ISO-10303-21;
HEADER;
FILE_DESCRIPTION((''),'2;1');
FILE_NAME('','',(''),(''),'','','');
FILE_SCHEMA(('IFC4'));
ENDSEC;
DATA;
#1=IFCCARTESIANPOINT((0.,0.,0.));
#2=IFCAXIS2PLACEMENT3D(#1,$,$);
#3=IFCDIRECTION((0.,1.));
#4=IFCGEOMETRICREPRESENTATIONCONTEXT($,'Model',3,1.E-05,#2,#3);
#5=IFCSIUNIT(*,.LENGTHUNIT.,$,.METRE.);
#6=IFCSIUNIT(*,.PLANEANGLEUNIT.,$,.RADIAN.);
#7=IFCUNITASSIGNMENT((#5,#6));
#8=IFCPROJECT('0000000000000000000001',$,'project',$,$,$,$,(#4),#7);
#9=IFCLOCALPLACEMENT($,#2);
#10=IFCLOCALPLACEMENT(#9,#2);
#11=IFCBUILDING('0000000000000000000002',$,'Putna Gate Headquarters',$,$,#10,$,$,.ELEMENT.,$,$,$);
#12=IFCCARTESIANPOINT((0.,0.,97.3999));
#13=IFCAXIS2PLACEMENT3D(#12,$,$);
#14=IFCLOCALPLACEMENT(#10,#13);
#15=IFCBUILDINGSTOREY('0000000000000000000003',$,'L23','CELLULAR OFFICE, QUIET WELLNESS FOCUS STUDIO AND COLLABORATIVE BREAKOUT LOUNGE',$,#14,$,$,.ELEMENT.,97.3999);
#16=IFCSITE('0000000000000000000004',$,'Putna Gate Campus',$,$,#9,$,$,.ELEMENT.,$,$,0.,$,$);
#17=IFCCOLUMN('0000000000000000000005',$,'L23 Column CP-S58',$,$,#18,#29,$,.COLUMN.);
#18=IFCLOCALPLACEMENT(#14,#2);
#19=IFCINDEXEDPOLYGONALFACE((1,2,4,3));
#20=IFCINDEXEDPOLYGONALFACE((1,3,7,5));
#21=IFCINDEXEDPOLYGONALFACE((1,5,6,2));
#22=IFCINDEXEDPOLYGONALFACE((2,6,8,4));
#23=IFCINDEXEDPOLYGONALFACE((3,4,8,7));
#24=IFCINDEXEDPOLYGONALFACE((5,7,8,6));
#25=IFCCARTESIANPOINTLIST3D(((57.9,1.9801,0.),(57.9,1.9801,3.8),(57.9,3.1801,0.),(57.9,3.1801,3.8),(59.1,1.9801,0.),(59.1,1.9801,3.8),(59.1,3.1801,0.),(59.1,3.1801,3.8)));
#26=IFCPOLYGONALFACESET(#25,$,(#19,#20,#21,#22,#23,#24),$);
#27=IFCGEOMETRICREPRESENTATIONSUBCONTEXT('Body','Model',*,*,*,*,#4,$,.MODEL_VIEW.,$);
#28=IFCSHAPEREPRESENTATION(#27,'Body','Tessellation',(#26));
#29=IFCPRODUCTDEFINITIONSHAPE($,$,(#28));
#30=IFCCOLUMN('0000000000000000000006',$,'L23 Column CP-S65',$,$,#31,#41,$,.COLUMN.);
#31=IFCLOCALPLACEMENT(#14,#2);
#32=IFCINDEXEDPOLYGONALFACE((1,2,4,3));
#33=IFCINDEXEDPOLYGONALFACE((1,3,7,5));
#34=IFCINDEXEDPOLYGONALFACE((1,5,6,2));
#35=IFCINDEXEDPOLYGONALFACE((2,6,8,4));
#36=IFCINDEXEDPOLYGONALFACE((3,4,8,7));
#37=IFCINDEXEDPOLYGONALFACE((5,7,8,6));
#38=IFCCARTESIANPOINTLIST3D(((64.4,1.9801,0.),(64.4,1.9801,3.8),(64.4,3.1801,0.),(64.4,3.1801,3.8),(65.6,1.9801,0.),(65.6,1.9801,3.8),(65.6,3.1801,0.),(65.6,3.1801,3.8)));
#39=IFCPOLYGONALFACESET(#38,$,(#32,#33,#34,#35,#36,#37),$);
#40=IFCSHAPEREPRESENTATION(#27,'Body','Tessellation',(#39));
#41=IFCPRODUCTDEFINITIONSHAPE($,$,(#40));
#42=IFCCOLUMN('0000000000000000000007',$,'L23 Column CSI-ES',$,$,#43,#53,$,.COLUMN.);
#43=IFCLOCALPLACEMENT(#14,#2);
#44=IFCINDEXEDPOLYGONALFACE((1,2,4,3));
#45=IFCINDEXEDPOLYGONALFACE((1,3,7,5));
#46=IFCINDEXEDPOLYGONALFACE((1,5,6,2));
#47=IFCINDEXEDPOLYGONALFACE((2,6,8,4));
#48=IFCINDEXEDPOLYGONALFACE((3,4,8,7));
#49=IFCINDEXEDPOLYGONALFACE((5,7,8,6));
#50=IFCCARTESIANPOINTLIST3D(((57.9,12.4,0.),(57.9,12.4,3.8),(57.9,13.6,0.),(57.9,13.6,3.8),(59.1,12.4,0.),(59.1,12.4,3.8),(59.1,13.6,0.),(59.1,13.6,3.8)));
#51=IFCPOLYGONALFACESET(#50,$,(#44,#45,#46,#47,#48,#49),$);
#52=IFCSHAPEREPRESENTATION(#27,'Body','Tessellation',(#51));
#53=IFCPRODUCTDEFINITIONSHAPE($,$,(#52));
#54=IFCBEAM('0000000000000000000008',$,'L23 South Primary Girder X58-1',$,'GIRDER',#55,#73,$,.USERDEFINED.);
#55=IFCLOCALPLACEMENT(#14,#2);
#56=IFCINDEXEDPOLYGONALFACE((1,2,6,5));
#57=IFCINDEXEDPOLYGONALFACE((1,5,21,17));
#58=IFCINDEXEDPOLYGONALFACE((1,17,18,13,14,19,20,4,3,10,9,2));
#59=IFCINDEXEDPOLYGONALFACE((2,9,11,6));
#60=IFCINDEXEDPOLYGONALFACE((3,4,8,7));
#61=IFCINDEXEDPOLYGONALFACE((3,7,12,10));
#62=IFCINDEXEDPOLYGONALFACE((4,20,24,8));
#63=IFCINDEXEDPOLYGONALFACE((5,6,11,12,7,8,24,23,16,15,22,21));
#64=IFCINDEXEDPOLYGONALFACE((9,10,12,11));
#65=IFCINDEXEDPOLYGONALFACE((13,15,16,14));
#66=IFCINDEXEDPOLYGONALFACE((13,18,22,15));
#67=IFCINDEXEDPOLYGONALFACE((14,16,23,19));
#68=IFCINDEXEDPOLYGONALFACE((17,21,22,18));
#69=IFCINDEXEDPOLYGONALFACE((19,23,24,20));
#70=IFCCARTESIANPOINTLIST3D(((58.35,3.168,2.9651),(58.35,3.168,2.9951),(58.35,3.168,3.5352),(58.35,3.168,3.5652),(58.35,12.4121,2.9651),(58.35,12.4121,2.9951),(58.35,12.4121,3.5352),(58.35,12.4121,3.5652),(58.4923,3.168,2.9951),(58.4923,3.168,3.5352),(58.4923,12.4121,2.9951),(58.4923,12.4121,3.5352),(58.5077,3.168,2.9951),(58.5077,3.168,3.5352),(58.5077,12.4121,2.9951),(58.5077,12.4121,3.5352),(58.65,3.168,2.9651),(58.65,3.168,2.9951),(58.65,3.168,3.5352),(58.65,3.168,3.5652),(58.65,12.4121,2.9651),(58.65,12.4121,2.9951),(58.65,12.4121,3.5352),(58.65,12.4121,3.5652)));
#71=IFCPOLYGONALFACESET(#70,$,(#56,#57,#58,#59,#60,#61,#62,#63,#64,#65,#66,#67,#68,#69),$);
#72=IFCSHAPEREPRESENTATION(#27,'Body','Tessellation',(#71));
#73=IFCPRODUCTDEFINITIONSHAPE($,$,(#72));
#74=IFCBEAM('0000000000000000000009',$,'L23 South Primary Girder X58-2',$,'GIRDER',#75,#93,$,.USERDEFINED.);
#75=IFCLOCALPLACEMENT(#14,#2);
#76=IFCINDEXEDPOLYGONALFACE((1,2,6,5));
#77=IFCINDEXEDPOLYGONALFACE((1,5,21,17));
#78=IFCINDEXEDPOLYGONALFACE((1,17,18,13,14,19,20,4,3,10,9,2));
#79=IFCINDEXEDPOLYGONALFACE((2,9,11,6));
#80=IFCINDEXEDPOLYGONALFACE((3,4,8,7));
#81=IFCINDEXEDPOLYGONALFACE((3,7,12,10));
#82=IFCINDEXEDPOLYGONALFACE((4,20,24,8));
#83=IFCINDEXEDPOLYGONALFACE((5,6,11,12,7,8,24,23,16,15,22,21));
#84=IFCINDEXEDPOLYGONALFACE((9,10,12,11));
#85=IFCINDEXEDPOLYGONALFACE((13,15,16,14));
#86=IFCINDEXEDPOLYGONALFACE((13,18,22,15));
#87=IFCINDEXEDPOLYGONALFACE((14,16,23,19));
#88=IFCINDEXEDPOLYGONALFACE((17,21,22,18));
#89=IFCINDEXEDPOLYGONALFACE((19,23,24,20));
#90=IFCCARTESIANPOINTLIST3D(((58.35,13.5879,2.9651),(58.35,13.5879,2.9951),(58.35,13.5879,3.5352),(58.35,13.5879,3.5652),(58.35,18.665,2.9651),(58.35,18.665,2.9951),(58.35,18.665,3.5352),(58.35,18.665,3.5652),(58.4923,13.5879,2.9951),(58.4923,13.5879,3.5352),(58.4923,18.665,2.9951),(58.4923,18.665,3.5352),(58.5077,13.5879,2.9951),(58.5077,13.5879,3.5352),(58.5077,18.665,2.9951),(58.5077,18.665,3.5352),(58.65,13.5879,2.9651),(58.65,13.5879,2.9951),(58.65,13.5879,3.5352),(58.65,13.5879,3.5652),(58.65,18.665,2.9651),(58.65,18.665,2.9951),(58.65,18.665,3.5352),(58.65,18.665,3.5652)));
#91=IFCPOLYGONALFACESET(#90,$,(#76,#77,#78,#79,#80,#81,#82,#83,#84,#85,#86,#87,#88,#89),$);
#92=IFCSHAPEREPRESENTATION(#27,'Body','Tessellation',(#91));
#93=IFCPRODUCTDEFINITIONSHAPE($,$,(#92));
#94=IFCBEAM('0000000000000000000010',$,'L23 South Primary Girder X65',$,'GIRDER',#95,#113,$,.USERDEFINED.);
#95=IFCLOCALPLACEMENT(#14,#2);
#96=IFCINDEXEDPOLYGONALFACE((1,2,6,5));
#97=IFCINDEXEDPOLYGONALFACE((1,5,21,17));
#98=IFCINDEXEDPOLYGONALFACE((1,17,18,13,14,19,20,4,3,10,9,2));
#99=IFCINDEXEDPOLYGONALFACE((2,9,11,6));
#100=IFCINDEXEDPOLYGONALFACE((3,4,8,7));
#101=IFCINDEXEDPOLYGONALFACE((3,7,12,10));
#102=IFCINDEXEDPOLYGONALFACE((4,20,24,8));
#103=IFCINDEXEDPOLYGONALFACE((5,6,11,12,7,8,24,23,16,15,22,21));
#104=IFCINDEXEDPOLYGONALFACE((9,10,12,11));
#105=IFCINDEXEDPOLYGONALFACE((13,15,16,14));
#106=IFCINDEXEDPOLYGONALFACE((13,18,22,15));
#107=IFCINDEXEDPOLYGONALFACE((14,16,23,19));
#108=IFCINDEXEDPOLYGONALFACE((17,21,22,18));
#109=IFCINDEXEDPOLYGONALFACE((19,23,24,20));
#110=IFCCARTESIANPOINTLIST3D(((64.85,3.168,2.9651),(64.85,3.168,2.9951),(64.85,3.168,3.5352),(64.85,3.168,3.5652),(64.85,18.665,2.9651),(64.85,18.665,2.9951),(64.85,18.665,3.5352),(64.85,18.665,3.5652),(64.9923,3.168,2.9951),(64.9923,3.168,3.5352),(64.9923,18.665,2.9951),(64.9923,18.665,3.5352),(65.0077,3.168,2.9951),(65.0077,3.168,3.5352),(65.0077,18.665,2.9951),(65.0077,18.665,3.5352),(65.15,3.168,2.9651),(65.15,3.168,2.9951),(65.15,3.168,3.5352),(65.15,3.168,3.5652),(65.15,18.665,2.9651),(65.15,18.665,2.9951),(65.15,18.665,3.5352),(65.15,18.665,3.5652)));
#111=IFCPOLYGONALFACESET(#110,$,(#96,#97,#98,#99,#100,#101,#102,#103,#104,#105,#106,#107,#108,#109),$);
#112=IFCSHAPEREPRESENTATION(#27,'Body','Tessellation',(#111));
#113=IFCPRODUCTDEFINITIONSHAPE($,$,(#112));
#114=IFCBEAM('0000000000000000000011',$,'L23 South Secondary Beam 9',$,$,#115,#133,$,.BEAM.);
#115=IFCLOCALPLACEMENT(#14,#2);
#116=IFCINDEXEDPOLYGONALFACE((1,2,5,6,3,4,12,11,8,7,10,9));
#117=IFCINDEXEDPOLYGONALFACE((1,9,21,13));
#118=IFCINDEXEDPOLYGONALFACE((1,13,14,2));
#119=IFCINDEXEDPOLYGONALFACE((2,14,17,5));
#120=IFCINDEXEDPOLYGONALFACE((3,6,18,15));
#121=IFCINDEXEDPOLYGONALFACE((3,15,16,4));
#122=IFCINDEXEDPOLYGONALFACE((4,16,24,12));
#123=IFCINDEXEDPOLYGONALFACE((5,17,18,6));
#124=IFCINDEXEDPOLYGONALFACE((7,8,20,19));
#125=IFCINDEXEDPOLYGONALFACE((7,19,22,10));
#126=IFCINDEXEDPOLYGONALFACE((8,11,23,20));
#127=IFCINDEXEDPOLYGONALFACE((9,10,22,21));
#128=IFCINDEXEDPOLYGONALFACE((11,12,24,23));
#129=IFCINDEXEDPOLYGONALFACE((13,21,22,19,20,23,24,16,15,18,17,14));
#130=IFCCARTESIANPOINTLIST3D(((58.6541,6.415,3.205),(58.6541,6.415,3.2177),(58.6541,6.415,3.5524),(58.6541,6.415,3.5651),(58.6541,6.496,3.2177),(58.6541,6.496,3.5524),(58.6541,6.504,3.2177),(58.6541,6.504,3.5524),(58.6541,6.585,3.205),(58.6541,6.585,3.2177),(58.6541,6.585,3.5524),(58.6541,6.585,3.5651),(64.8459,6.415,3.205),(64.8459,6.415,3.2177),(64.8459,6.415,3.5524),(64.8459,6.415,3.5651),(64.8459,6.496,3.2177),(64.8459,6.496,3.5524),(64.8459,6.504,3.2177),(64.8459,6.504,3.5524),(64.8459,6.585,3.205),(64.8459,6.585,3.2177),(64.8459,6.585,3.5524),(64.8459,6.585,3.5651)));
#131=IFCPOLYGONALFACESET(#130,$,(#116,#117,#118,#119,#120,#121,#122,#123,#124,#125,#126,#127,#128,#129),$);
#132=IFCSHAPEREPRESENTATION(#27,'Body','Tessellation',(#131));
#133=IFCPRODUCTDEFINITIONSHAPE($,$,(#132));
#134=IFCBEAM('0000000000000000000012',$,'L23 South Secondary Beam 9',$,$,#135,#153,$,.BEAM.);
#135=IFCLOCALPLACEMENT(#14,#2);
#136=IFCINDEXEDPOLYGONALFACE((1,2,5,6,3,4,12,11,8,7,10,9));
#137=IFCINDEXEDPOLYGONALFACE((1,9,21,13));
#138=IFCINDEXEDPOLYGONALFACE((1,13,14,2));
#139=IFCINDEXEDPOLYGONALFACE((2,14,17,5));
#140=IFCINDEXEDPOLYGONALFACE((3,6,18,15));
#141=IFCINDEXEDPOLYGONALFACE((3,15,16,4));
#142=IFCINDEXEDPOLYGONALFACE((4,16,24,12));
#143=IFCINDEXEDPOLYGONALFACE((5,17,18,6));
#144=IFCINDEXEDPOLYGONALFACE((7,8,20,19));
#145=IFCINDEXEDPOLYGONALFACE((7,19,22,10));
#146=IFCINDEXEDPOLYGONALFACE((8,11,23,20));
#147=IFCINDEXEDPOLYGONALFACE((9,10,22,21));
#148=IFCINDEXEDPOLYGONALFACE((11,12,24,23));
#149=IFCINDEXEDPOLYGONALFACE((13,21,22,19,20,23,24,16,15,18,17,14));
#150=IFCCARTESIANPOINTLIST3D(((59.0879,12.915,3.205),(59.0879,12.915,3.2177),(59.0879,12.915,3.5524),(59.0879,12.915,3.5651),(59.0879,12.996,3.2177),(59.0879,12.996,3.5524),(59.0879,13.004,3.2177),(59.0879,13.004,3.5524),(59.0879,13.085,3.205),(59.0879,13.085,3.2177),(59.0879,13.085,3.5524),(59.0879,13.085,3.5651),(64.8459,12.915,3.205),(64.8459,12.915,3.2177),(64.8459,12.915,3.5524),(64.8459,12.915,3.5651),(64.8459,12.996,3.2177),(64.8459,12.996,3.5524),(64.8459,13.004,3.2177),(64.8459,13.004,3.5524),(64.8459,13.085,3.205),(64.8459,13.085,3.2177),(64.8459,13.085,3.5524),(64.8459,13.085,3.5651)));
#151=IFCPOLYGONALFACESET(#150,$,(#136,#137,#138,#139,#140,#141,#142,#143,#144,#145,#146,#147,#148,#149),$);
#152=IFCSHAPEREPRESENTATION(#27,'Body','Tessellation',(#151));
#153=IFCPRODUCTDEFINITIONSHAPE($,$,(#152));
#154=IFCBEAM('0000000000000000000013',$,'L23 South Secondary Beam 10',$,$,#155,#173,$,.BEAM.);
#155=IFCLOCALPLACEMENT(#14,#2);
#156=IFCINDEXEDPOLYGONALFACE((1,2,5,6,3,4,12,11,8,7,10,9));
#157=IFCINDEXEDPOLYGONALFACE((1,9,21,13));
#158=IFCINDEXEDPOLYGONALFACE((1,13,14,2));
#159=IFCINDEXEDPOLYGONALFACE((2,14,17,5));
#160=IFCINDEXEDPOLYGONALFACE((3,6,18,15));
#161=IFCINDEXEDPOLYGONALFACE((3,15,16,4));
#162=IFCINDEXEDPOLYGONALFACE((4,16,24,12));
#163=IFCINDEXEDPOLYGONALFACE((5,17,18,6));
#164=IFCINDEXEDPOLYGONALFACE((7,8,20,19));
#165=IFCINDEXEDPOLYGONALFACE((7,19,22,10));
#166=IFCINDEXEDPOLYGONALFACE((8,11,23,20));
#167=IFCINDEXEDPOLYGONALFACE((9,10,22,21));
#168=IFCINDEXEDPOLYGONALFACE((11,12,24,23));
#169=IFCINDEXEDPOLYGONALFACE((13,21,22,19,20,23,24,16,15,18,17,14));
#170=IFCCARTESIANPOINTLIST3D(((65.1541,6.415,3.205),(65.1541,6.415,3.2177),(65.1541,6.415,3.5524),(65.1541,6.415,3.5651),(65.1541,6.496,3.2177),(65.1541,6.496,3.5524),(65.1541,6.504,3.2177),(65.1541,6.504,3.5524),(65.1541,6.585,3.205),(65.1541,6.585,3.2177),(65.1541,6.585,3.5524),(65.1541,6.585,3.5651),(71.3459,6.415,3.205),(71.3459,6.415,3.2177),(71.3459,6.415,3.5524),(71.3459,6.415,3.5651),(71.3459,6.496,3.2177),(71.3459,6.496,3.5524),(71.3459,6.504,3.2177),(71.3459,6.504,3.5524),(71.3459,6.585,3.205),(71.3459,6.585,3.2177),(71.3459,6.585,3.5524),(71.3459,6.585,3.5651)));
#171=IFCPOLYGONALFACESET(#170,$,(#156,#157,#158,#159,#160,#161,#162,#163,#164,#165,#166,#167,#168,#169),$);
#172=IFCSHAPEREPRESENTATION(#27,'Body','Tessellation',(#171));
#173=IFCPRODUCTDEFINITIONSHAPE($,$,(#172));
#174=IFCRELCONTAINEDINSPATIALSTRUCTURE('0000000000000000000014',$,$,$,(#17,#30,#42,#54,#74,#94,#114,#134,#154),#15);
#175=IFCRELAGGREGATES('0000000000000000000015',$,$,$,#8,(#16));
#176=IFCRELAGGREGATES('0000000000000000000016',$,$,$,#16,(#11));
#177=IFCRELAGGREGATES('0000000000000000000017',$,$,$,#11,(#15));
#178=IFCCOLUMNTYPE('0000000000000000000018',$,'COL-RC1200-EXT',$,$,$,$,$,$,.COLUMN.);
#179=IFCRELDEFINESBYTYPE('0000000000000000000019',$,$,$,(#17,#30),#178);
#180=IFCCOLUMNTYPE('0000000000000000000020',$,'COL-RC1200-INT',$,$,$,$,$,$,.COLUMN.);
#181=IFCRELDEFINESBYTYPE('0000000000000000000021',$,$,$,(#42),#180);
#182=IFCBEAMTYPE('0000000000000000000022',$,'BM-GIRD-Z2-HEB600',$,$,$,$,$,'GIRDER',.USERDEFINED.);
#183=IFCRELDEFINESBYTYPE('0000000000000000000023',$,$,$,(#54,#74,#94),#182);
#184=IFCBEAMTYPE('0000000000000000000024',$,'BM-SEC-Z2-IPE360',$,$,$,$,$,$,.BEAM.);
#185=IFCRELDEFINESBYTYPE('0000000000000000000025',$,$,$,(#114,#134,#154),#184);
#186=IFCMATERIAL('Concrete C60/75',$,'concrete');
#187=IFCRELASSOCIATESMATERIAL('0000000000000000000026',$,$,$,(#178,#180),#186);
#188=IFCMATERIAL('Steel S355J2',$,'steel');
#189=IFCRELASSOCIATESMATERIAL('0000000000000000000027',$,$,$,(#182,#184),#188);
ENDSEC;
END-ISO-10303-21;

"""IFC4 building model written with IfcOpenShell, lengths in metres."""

from ifc_helpers import new_model, si_unit, direction, frame, origin, origin_2d, place, context, subcontext, project, spatial, rectangle, i_section, extrude, material, material_profile, profile_set, type_object, element, save


model = new_model("IFC4")

# Units and contexts
model_context = context("Model", 3, precision=1e-05, world=origin(), true_north=direction((0.0, 1.0)))
body_context = subcontext(model_context, "Body", "Model", "MODEL_VIEW")
ifc_project = project(units=[si_unit("LENGTHUNIT", "METRE"), si_unit("PLANEANGLEUNIT", "RADIAN")], contexts=[model_context])

# Site, building, storey
site_placement = place(None, origin())
site = spatial("IfcSite", under=ifc_project, at=site_placement, Name="Putna Gate Campus", CompositionType="ELEMENT", RefElevation=0.0)
building_placement = place(site_placement, origin())
building = spatial("IfcBuilding", under=site, at=building_placement, Name="Putna Gate Headquarters", CompositionType="ELEMENT")
storey_placement = place(building_placement, frame((0.0, 0.0, 97.3999)))
storey = spatial("IfcBuildingStorey", under=building, at=storey_placement, Name="L23", Description="CELLULAR OFFICE, QUIET WELLNESS FOCUS STUDIO AND COLLABORATIVE BREAKOUT LOUNGE", CompositionType="ELEMENT", Elevation=97.3999)

# Columns
ifc_material_1 = material(Name="Concrete C60/75", Category="concrete")
ifc_material_profile_1 = material_profile(ifc_material_1, rectangle(XDim=1.2, YDim=1.2, at=origin_2d()), Name="Concrete C60/75")
ifc_profile_set_1 = profile_set([ifc_material_profile_1], Name="Concrete C60/75")
column_type_1 = type_object("IfcColumnType", Name="COL-RC1200-EXT", PredefinedType="COLUMN", material=ifc_profile_set_1)
for number, where, z_axis, x_axis, name in (
    (1, (58.5, 2.5801, 0.0), (0.0, 0.0, 1.0), (1.0, 0.0, 0.0), "L23 Column CP-S58"),
    (2, (65.0, 2.5801, 0.0), (0.0, 0.0, 1.0), (1.0, 0.0, 0.0), "L23 Column CP-S65"),
):
    element("IfcColumn", number, at=place(storey_placement, frame(where, z_axis=z_axis, x_axis=x_axis)), inside=storey, type_object=column_type_1, Name=name, PredefinedType="COLUMN", context=body_context, shape_type="SweptSolid", body=[
        extrude(rectangle(XDim=1.2, YDim=1.2, at=origin_2d()), origin(), (0.0, 0.0, 1.0), 3.8),
    ])
ifc_material_profile_2 = material_profile(ifc_material_1, rectangle(XDim=1.2, YDim=1.2, at=origin_2d()), Name="Concrete C60/75")
ifc_profile_set_2 = profile_set([ifc_material_profile_2], Name="Concrete C60/75")
column_type_2 = type_object("IfcColumnType", Name="COL-RC1200-INT", PredefinedType="COLUMN", material=ifc_profile_set_2)
column_placement = place(storey_placement, frame((58.5, 13.0, 0.0), z_axis=(0.0, 0.0, 1.0), x_axis=(1.0, 0.0, 0.0)))
element("IfcColumn", 3, at=column_placement, inside=storey, type_object=column_type_2, Name="L23 Column CSI-ES", PredefinedType="COLUMN", context=body_context, shape_type="SweptSolid", body=[
    extrude(rectangle(XDim=1.2, YDim=1.2, at=origin_2d()), origin(), (0.0, 0.0, 1.0), 3.8),
])

# Beams
ifc_material_2 = material(Name="Steel S355J2", Category="steel")
ifc_material_profile_3 = material_profile(ifc_material_2, i_section(OverallWidth=0.3, OverallDepth=0.6001, WebThickness=0.0154, FlangeThickness=0.03, at=origin_2d()), Name="Steel S355J2")
ifc_profile_set_3 = profile_set([ifc_material_profile_3], Name="Steel S355J2")
beam_type_1 = type_object("IfcBeamType", Name="BM-GIRD-Z2-HEB600", ElementType="GIRDER", PredefinedType="USERDEFINED", material=ifc_profile_set_3)
beam_1_placement = place(storey_placement, frame((58.5, 3.168, 3.2651), z_axis=(0.0, 1.0, 0.0), x_axis=(-1.0, 0.0, 0.0)))
element("IfcBeam", 4, at=beam_1_placement, inside=storey, type_object=beam_type_1, Name="L23 South Primary Girder X58-1", ObjectType="GIRDER", PredefinedType="USERDEFINED", context=body_context, shape_type="SweptSolid", body=[
    extrude(i_section(OverallWidth=0.3, OverallDepth=0.6001, WebThickness=0.0154, FlangeThickness=0.03, at=origin_2d()), origin(), (0.0, 0.0, 1.0), 9.2441),
])
beam_2_placement = place(storey_placement, frame((58.5, 13.5879, 3.2651), z_axis=(0.0, 1.0, 0.0), x_axis=(-1.0, 0.0, 0.0)))
element("IfcBeam", 5, at=beam_2_placement, inside=storey, type_object=beam_type_1, Name="L23 South Primary Girder X58-2", ObjectType="GIRDER", PredefinedType="USERDEFINED", context=body_context, shape_type="SweptSolid", body=[
    extrude(i_section(OverallWidth=0.3, OverallDepth=0.6001, WebThickness=0.0154, FlangeThickness=0.03, at=origin_2d()), origin(), (0.0, 0.0, 1.0), 5.0771),
])
beam_3_placement = place(storey_placement, frame((65.0, 3.168, 3.2651), z_axis=(0.0, 1.0, 0.0), x_axis=(-1.0, 0.0, 0.0)))
element("IfcBeam", 6, at=beam_3_placement, inside=storey, type_object=beam_type_1, Name="L23 South Primary Girder X65", ObjectType="GIRDER", PredefinedType="USERDEFINED", context=body_context, shape_type="SweptSolid", body=[
    extrude(i_section(OverallWidth=0.3, OverallDepth=0.6001, WebThickness=0.0154, FlangeThickness=0.03, at=origin_2d()), origin(), (0.0, 0.0, 1.0), 15.4971),
])
ifc_material_profile_4 = material_profile(ifc_material_2, i_section(OverallWidth=0.1699, OverallDepth=0.3601, WebThickness=0.0081, FlangeThickness=0.0127, at=origin_2d()), Name="Steel S355J2")
ifc_profile_set_4 = profile_set([ifc_material_profile_4], Name="Steel S355J2")
beam_type_2 = type_object("IfcBeamType", Name="BM-SEC-Z2-IPE360", PredefinedType="BEAM", material=ifc_profile_set_4)
beam_4_placement = place(storey_placement, frame((58.6541, 6.5, 3.385), z_axis=(1.0, 0.0, 0.0), x_axis=(0.0, 1.0, 0.0)))
element("IfcBeam", 7, at=beam_4_placement, inside=storey, type_object=beam_type_2, Name="L23 South Secondary Beam 9", PredefinedType="BEAM", context=body_context, shape_type="SweptSolid", body=[
    extrude(i_section(OverallWidth=0.1699, OverallDepth=0.3601, WebThickness=0.0081, FlangeThickness=0.0127, at=origin_2d()), origin(), (0.0, 0.0, 1.0), 6.1919),
])
beam_5_placement = place(storey_placement, frame((59.0879, 13.0, 3.385), z_axis=(1.0, 0.0, 0.0), x_axis=(0.0, 1.0, 0.0)))
element("IfcBeam", 8, at=beam_5_placement, inside=storey, type_object=beam_type_2, Name="L23 South Secondary Beam 9", PredefinedType="BEAM", context=body_context, shape_type="SweptSolid", body=[
    extrude(i_section(OverallWidth=0.1699, OverallDepth=0.3601, WebThickness=0.0081, FlangeThickness=0.0127, at=origin_2d()), origin(), (0.0, 0.0, 1.0), 5.7581),
])
beam_6_placement = place(storey_placement, frame((65.1541, 6.5, 3.385), z_axis=(1.0, 0.0, 0.0), x_axis=(0.0, 1.0, 0.0)))
element("IfcBeam", 9, at=beam_6_placement, inside=storey, type_object=beam_type_2, Name="L23 South Secondary Beam 10", PredefinedType="BEAM", context=body_context, shape_type="SweptSolid", body=[
    extrude(i_section(OverallWidth=0.1699, OverallDepth=0.3601, WebThickness=0.0081, FlangeThickness=0.0127, at=origin_2d()), origin(), (0.0, 0.0, 1.0), 6.1919),
])

save(model, "model.ifc")
